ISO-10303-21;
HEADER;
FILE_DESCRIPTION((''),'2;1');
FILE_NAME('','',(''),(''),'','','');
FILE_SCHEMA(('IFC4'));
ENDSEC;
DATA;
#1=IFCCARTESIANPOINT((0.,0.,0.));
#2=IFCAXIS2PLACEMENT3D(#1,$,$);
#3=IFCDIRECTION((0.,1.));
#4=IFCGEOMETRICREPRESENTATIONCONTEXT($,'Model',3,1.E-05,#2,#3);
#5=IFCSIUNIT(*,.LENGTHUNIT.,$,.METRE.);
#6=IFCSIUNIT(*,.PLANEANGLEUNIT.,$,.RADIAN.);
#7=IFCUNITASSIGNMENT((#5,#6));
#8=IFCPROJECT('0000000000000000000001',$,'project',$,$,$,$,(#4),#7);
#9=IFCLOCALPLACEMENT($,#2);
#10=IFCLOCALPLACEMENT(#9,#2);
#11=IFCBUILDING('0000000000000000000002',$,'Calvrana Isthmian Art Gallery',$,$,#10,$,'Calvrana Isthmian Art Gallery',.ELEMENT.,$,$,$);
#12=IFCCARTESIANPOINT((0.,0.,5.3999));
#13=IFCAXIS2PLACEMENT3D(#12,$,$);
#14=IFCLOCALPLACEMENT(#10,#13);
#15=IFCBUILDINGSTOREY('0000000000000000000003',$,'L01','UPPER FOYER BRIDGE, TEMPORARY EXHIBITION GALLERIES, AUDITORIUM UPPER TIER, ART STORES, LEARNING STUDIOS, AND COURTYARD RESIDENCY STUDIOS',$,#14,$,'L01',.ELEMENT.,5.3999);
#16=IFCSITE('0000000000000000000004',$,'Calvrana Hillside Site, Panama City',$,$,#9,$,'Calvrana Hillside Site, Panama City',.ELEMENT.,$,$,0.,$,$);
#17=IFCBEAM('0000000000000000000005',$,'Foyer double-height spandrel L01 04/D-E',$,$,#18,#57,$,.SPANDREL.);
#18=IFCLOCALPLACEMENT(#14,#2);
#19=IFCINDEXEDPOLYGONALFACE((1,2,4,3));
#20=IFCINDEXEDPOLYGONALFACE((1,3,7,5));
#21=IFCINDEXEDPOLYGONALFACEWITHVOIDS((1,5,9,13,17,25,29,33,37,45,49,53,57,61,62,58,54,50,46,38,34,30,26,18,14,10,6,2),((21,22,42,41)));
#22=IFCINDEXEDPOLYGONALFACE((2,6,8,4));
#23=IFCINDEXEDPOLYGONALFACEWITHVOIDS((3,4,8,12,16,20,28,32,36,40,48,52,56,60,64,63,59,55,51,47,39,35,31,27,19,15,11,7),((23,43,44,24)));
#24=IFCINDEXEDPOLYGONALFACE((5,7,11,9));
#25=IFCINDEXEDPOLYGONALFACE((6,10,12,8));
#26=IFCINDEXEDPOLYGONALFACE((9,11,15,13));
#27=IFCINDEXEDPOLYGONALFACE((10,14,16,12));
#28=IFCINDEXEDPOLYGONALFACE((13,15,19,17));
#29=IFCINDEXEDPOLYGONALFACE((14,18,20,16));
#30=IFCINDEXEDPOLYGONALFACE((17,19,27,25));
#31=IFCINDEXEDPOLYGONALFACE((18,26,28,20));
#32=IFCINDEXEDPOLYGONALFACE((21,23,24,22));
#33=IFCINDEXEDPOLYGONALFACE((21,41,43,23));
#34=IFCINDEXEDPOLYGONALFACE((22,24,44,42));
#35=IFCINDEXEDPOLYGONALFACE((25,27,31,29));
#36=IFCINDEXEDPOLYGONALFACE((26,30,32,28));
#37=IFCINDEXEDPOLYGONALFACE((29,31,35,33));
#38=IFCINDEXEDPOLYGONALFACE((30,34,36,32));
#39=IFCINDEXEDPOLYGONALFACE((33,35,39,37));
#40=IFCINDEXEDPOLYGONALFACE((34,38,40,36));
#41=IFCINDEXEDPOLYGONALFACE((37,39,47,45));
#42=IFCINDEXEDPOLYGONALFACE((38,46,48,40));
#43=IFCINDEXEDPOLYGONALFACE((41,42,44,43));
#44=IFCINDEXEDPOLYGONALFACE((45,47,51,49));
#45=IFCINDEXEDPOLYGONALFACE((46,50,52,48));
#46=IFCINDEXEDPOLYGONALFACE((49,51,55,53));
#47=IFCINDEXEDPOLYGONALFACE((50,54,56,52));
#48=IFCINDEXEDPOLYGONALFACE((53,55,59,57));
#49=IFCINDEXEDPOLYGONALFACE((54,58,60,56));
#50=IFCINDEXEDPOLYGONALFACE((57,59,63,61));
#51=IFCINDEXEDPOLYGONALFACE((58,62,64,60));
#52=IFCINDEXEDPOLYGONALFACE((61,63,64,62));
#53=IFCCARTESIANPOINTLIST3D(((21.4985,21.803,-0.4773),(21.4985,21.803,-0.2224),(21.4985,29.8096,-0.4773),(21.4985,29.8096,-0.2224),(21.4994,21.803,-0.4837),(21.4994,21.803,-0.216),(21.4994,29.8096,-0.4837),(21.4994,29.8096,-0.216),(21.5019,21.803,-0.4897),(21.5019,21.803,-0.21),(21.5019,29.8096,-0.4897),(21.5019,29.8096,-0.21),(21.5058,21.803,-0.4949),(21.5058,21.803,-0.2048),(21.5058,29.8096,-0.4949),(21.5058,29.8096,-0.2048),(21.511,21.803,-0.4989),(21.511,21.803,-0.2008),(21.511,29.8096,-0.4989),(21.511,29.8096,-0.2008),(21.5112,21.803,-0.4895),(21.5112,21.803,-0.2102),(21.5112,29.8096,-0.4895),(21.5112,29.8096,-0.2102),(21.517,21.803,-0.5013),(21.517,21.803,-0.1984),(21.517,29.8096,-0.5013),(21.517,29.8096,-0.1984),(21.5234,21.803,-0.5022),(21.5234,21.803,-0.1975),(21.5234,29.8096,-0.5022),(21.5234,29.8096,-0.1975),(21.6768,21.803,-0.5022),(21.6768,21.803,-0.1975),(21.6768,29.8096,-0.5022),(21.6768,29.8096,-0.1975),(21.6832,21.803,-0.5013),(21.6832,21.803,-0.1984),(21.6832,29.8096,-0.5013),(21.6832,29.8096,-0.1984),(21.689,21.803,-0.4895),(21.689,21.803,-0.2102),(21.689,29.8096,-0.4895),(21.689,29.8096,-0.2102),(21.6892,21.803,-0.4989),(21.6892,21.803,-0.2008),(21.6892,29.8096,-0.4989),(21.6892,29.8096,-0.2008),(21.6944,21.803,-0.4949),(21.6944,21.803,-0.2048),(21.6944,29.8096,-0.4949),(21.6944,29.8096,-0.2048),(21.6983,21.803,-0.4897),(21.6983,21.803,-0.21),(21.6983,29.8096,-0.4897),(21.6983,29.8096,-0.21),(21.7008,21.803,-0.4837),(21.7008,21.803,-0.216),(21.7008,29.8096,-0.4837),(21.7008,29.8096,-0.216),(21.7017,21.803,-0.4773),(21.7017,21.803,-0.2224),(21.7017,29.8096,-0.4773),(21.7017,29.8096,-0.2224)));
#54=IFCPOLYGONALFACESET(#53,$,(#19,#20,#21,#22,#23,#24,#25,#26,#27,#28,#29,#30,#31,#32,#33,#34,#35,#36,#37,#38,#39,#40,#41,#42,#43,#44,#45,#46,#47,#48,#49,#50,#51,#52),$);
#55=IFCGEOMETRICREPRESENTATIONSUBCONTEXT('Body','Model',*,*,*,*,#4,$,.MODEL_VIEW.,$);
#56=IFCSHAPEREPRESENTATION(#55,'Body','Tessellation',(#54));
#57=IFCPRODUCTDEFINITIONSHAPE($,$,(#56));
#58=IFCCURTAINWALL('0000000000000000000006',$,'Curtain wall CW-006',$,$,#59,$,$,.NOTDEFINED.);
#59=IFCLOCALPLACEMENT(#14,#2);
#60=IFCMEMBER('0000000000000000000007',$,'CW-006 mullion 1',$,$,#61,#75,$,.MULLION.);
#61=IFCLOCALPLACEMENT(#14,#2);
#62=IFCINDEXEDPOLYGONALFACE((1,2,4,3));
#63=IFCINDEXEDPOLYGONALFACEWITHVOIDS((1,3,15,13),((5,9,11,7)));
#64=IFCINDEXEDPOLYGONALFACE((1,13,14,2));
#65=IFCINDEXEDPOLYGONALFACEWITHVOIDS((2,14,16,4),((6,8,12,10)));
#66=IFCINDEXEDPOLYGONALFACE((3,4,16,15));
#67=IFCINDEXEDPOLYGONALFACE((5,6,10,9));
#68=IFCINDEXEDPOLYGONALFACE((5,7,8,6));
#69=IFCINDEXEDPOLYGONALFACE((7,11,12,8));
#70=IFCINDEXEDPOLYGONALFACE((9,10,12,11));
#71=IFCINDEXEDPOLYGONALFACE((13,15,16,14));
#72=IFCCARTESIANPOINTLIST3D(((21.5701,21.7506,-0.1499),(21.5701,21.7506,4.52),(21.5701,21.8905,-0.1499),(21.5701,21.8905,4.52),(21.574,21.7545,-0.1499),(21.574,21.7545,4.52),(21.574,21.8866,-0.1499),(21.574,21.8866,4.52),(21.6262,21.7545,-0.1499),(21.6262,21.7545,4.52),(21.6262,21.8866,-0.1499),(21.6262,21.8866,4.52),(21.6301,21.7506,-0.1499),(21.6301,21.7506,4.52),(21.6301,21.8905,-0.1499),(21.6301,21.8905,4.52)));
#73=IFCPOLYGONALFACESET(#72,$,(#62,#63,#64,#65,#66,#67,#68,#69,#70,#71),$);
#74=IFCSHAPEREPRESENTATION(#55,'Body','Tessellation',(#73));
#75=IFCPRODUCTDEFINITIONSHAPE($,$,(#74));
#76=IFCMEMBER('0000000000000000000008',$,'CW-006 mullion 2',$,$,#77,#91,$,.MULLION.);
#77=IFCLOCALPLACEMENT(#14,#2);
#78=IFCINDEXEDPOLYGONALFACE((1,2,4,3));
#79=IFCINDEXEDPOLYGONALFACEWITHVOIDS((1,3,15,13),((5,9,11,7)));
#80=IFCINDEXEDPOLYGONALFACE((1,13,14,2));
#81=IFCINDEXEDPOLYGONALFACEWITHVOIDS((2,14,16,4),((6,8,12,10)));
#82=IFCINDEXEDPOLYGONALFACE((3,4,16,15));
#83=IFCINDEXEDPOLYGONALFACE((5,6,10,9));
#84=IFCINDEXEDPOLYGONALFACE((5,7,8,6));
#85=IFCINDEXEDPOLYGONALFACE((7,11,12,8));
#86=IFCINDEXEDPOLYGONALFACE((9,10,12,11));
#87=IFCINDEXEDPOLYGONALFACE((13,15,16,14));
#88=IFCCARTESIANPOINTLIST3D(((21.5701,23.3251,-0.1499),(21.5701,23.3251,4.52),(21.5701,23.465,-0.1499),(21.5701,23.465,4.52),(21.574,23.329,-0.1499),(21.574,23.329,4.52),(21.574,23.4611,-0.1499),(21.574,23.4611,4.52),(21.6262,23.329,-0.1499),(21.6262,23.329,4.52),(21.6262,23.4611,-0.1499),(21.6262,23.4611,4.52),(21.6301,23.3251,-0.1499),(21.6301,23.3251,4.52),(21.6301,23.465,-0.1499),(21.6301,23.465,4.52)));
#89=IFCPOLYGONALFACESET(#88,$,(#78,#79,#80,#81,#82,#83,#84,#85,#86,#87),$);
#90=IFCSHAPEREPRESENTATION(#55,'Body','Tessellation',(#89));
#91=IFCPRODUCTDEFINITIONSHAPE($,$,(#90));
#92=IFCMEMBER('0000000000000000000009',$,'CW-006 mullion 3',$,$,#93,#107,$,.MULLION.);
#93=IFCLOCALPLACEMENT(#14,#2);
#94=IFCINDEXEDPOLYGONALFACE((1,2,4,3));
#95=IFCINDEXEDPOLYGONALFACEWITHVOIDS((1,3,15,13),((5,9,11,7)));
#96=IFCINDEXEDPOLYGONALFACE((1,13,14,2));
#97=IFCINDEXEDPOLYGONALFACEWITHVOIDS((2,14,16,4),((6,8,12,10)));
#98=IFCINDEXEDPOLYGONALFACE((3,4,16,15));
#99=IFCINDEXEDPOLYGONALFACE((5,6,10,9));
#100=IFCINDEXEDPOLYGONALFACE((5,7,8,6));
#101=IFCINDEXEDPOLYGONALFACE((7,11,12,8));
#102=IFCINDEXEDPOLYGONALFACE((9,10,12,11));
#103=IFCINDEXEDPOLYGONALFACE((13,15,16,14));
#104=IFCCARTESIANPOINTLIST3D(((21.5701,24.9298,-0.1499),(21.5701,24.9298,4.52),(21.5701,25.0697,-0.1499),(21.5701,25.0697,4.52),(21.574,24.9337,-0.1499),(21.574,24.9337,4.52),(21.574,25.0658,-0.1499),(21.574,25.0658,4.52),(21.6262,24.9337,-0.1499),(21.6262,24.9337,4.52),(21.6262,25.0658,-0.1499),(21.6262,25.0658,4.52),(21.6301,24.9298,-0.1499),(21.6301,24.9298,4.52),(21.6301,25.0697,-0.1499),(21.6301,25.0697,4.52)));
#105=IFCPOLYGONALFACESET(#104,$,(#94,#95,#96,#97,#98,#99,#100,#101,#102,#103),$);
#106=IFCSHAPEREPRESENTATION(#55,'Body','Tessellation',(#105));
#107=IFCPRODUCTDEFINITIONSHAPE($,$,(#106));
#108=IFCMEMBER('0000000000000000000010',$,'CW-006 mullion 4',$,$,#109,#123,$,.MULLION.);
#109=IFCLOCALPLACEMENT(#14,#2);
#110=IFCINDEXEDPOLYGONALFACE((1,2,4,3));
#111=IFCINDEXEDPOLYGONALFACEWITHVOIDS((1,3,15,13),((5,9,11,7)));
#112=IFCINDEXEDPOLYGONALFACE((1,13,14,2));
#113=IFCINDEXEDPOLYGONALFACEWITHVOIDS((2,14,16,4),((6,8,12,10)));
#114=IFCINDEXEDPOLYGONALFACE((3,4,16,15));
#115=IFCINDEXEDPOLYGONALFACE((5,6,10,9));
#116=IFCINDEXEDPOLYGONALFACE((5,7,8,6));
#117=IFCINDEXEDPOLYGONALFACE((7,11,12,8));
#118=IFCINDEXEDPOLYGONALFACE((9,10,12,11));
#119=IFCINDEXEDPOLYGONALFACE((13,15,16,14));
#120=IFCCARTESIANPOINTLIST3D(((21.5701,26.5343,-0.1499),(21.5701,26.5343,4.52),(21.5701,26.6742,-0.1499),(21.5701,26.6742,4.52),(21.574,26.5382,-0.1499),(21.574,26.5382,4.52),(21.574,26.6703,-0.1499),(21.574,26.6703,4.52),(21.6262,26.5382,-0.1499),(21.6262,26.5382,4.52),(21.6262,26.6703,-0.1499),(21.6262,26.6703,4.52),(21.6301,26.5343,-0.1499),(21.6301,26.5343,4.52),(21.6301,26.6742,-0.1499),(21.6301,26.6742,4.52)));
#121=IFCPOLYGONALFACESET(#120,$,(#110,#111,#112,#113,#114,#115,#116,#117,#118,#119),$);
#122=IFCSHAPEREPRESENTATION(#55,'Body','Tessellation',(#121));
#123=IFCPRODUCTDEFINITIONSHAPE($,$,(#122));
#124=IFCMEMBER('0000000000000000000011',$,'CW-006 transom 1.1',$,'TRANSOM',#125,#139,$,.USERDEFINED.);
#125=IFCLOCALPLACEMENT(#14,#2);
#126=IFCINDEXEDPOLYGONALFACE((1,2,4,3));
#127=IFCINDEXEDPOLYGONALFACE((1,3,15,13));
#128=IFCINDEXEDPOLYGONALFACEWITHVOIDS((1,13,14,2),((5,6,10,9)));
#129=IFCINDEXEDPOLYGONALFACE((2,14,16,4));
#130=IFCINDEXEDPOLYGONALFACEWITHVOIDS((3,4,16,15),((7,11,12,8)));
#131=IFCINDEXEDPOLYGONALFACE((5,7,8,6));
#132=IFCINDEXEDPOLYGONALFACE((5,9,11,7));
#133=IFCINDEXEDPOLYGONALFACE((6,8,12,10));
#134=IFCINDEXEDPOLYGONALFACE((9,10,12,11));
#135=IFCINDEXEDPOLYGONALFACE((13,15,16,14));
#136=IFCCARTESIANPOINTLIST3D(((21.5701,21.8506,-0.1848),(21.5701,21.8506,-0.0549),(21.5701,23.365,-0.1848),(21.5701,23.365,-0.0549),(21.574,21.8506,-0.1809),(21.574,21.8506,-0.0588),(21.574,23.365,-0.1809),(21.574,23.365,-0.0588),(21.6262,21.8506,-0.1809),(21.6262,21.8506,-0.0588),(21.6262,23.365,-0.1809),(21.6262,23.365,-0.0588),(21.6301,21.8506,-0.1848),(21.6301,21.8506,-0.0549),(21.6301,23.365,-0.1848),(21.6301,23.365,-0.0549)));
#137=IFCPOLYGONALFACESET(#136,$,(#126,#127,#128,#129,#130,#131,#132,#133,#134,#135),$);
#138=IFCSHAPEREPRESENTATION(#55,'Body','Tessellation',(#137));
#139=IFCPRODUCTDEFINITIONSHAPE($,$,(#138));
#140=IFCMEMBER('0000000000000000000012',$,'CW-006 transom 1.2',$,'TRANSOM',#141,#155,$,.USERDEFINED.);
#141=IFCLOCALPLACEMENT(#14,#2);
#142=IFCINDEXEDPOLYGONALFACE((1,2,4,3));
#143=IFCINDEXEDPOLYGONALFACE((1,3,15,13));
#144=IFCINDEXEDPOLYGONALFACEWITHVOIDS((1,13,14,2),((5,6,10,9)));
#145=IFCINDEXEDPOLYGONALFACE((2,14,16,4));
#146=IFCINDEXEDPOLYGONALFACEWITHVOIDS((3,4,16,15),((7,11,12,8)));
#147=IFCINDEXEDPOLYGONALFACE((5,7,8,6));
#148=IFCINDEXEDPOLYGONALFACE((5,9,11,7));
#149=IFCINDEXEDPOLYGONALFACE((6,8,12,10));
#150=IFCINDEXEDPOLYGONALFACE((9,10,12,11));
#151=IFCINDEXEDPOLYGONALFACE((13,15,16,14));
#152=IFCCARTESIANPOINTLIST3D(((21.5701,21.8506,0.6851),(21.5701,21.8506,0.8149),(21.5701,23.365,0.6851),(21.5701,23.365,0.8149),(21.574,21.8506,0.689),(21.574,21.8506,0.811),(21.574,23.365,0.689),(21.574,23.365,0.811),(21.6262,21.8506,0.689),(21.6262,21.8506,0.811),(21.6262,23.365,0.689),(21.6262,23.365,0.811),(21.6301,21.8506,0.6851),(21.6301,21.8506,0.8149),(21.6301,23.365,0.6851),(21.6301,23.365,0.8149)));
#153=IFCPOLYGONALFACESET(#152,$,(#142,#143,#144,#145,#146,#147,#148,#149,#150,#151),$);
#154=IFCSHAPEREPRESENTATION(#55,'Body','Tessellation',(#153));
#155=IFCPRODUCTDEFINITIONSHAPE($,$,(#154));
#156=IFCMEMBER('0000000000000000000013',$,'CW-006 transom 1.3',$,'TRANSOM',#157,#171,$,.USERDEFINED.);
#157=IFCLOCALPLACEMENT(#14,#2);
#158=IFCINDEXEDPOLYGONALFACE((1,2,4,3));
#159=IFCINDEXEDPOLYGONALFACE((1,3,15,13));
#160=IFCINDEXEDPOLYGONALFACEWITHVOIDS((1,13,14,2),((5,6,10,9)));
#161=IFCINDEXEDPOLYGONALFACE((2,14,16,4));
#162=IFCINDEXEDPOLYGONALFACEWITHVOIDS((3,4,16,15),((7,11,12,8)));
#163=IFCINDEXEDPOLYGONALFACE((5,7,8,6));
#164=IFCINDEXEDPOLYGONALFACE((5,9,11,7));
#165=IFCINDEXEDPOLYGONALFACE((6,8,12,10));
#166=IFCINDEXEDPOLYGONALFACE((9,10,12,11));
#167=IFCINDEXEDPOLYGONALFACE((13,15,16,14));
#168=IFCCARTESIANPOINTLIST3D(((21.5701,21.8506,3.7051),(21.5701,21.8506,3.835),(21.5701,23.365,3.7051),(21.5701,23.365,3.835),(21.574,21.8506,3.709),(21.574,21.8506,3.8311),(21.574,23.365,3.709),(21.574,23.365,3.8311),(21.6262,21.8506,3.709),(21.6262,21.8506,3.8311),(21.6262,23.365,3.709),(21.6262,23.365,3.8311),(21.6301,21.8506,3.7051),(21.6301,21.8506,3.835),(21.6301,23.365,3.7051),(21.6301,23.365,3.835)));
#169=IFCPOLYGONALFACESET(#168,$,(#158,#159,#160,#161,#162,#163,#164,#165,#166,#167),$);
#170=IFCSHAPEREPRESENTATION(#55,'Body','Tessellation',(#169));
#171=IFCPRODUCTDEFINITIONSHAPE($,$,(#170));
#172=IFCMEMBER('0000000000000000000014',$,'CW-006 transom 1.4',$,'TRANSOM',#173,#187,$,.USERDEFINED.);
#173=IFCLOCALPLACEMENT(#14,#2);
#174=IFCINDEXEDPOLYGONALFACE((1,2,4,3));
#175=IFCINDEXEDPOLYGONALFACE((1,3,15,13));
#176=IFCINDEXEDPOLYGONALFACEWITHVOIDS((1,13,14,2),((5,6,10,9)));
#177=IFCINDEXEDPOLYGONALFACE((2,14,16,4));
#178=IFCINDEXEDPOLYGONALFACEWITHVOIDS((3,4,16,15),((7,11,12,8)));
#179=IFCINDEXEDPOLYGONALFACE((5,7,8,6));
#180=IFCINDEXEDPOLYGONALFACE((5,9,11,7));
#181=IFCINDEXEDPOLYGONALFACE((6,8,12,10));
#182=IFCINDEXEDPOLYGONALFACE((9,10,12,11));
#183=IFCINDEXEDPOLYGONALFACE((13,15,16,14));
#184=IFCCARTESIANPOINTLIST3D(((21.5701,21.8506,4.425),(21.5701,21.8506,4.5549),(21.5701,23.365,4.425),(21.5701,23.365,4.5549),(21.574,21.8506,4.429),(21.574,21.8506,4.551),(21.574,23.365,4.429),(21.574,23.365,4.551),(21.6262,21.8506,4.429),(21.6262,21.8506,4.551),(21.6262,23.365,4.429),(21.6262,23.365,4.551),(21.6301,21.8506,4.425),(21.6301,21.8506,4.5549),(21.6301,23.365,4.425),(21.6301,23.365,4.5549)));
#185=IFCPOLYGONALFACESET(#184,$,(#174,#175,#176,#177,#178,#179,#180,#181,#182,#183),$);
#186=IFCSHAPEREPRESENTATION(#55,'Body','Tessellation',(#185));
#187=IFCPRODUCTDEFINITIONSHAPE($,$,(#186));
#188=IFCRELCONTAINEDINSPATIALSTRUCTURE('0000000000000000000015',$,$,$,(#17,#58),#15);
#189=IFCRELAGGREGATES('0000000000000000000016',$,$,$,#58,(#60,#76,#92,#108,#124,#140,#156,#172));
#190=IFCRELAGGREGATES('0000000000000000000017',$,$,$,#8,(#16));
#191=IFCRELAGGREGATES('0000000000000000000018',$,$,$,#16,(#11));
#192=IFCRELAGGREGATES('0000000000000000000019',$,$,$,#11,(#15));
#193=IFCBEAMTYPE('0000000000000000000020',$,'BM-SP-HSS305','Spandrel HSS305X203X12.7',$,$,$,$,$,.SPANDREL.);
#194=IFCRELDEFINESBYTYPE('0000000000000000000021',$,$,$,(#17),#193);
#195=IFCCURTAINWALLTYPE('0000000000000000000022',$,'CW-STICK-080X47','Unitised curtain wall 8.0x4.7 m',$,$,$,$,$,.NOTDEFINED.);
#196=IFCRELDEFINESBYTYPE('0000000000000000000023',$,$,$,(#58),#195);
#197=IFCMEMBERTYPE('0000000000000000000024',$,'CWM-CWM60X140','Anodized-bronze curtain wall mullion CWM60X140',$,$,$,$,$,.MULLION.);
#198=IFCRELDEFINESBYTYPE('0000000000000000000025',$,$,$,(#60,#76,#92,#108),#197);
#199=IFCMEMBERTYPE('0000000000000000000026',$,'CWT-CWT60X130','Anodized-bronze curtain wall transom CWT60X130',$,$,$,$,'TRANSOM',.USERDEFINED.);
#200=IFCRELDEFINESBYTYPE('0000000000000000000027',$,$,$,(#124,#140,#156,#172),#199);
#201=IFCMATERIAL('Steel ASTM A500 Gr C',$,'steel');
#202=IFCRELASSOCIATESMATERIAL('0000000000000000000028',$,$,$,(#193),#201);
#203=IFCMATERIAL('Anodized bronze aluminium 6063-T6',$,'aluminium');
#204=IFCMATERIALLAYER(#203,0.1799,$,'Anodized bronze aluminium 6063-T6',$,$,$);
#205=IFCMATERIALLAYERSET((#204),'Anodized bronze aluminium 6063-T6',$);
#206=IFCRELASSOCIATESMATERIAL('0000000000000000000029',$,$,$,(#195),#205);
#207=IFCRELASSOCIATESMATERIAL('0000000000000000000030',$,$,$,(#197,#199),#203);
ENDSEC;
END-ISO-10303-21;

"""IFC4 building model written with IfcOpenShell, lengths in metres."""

from ifc_helpers import new_model, si_unit, direction, frame, origin, origin_2d, place, context, subcontext, project, spatial, hollow_rectangle, extrude, material, layer, layer_set, material_profile, profile_set, type_object, element, aggregate, save


model = new_model("IFC4")

# Units and contexts
model_context = context("Model", 3, precision=1e-05, world=origin(), true_north=direction((0.0, 1.0)))
body_context = subcontext(model_context, "Body", "Model", "MODEL_VIEW")
ifc_project = project(units=[si_unit("LENGTHUNIT", "METRE"), si_unit("PLANEANGLEUNIT", "RADIAN")], contexts=[model_context])

# Site, building, storey
site_placement = place(None, origin())
site = spatial("IfcSite", under=ifc_project, at=site_placement, Name="Calvrana Hillside Site, Panama City", LongName="Calvrana Hillside Site, Panama City", CompositionType="ELEMENT", RefElevation=0.0)
building_placement = place(site_placement, origin())
building = spatial("IfcBuilding", under=site, at=building_placement, Name="Calvrana Isthmian Art Gallery", LongName="Calvrana Isthmian Art Gallery", CompositionType="ELEMENT")
storey_placement = place(building_placement, frame((0.0, 0.0, 5.3999)))
storey = spatial("IfcBuildingStorey", under=building, at=storey_placement, Name="L01", Description="UPPER FOYER BRIDGE, TEMPORARY EXHIBITION GALLERIES, AUDITORIUM UPPER TIER, ART STORES, LEARNING STUDIOS, AND COURTYARD RESIDENCY STUDIOS", LongName="L01", CompositionType="ELEMENT", Elevation=5.3999)

# Beam
ifc_material_1 = material(Name="Steel ASTM A500 Gr C", Category="steel")
ifc_material_profile_1 = material_profile(ifc_material_1, hollow_rectangle(XDim=0.2031, YDim=0.3047, WallThickness=0.0127, OuterFilletRadius=0.0249, at=origin_2d()), Name="HSS305X203X12.7")
ifc_profile_set_1 = profile_set([ifc_material_profile_1], Name="Steel ASTM A500 Gr C")
beam_type = type_object("IfcBeamType", Name="BM-SP-HSS305", Description="Spandrel HSS305X203X12.7", PredefinedType="SPANDREL", material=ifc_profile_set_1)
beam_placement = place(storey_placement, frame((21.6001, 21.803, -0.3499), z_axis=(0.0, 1.0, 0.0), x_axis=(-1.0, 0.0, 0.0)))
element("IfcBeam", 1, at=beam_placement, inside=storey, type_object=beam_type, Name="Foyer double-height spandrel L01 04/D-E", PredefinedType="SPANDREL", context=body_context, shape_type="SweptSolid", body=[
    extrude(hollow_rectangle(XDim=0.2031, YDim=0.3047, WallThickness=0.0127, OuterFilletRadius=0.0249, at=origin_2d()), origin(), (0.0, 0.0, 1.0), 8.0066),
])

# Curtain wall, members
ifc_material_2 = material(Name="Anodized bronze aluminium 6063-T6", Category="aluminium")
ifc_layer_1 = layer(ifc_material_2, 0.1799, Name="Anodized bronze aluminium 6063-T6")
ifc_layer_set_1 = layer_set([ifc_layer_1], Name="Anodized bronze aluminium 6063-T6")
curtain_wall_type = type_object("IfcCurtainWallType", Name="CW-STICK-080X47", Description="Unitised curtain wall 8.0x4.7 m", PredefinedType="NOTDEFINED", material=ifc_layer_set_1)
curtain_wall_placement = place(storey_placement, origin())
curtain_wall = element("IfcCurtainWall", 2, at=curtain_wall_placement, inside=storey, type_object=curtain_wall_type, Name="Curtain wall CW-006", PredefinedType="NOTDEFINED")
ifc_material_profile_2 = material_profile(ifc_material_2, hollow_rectangle(XDim=0.0601, YDim=0.1399, WallThickness=0.0039, at=origin_2d()), Name="CWM60X140")
ifc_profile_set_2 = profile_set([ifc_material_profile_2], Name="Anodized bronze aluminium 6063-T6")
member_type_1 = type_object("IfcMemberType", Name="CWM-CWM60X140", Description="Anodized-bronze curtain wall mullion CWM60X140", PredefinedType="MULLION", material=ifc_profile_set_2)
member_1_placement = place(storey_placement, frame((21.6001, 21.8206, -0.1499), z_axis=(0.0, 0.0, 1.0), x_axis=(-1.0, 0.0, 0.0)))
member_1 = element("IfcMember", 3, at=member_1_placement, type_object=member_type_1, Name="CW-006 mullion 1", PredefinedType="MULLION", context=body_context, shape_type="SweptSolid", body=[
    extrude(hollow_rectangle(XDim=0.0601, YDim=0.1399, WallThickness=0.0039, at=origin_2d()), origin(), (0.0, 0.0, 1.0), 4.6699),
])
member_2_placement = place(storey_placement, frame((21.6001, 23.395, -0.1499), z_axis=(0.0, 0.0, 1.0), x_axis=(-1.0, 0.0, 0.0)))
member_2 = element("IfcMember", 4, at=member_2_placement, type_object=member_type_1, Name="CW-006 mullion 2", PredefinedType="MULLION", context=body_context, shape_type="SweptSolid", body=[
    extrude(hollow_rectangle(XDim=0.0601, YDim=0.1399, WallThickness=0.0039, at=origin_2d()), origin(), (0.0, 0.0, 1.0), 4.6699),
])
member_3_placement = place(storey_placement, frame((21.6001, 24.9998, -0.1499), z_axis=(0.0, 0.0, 1.0), x_axis=(-1.0, 0.0, 0.0)))
member_3 = element("IfcMember", 5, at=member_3_placement, type_object=member_type_1, Name="CW-006 mullion 3", PredefinedType="MULLION", context=body_context, shape_type="SweptSolid", body=[
    extrude(hollow_rectangle(XDim=0.0601, YDim=0.1399, WallThickness=0.0039, at=origin_2d()), origin(), (0.0, 0.0, 1.0), 4.6699),
])
member_4_placement = place(storey_placement, frame((21.6001, 26.6042, -0.1499), z_axis=(0.0, 0.0, 1.0), x_axis=(-1.0, 0.0, 0.0)))
member_4 = element("IfcMember", 6, at=member_4_placement, type_object=member_type_1, Name="CW-006 mullion 4", PredefinedType="MULLION", context=body_context, shape_type="SweptSolid", body=[
    extrude(hollow_rectangle(XDim=0.0601, YDim=0.1399, WallThickness=0.0039, at=origin_2d()), origin(), (0.0, 0.0, 1.0), 4.6699),
])
ifc_material_profile_3 = material_profile(ifc_material_2, hollow_rectangle(XDim=0.0601, YDim=0.1299, WallThickness=0.0039, at=origin_2d()), Name="CWT60X130")
ifc_profile_set_3 = profile_set([ifc_material_profile_3], Name="Anodized bronze aluminium 6063-T6")
member_type_2 = type_object("IfcMemberType", Name="CWT-CWT60X130", Description="Anodized-bronze curtain wall transom CWT60X130", ElementType="TRANSOM", PredefinedType="USERDEFINED", material=ifc_profile_set_3)
member_5_placement = place(storey_placement, frame((21.6001, 21.8506, -0.1199), z_axis=(0.0, 1.0, 0.0), x_axis=(-1.0, 0.0, 0.0)))
member_5 = element("IfcMember", 7, at=member_5_placement, type_object=member_type_2, Name="CW-006 transom 1.1", ObjectType="TRANSOM", PredefinedType="USERDEFINED", context=body_context, shape_type="SweptSolid", body=[
    extrude(hollow_rectangle(XDim=0.0601, YDim=0.1299, WallThickness=0.0039, at=origin_2d()), origin(), (0.0, 0.0, 1.0), 1.5144),
])
member_6_placement = place(storey_placement, frame((21.6001, 21.8506, 0.75), z_axis=(0.0, 1.0, 0.0), x_axis=(-1.0, 0.0, 0.0)))
member_6 = element("IfcMember", 8, at=member_6_placement, type_object=member_type_2, Name="CW-006 transom 1.2", ObjectType="TRANSOM", PredefinedType="USERDEFINED", context=body_context, shape_type="SweptSolid", body=[
    extrude(hollow_rectangle(XDim=0.0601, YDim=0.1299, WallThickness=0.0039, at=origin_2d()), origin(), (0.0, 0.0, 1.0), 1.5144),
])
member_7_placement = place(storey_placement, frame((21.6001, 21.8506, 3.77), z_axis=(0.0, 1.0, 0.0), x_axis=(-1.0, 0.0, 0.0)))
member_7 = element("IfcMember", 9, at=member_7_placement, type_object=member_type_2, Name="CW-006 transom 1.3", ObjectType="TRANSOM", PredefinedType="USERDEFINED", context=body_context, shape_type="SweptSolid", body=[
    extrude(hollow_rectangle(XDim=0.0601, YDim=0.1299, WallThickness=0.0039, at=origin_2d()), origin(), (0.0, 0.0, 1.0), 1.5144),
])
member_8_placement = place(storey_placement, frame((21.6001, 21.8506, 4.49), z_axis=(0.0, 1.0, 0.0), x_axis=(-1.0, 0.0, 0.0)))
member_8 = element("IfcMember", 10, at=member_8_placement, type_object=member_type_2, Name="CW-006 transom 1.4", ObjectType="TRANSOM", PredefinedType="USERDEFINED", context=body_context, shape_type="SweptSolid", body=[
    extrude(hollow_rectangle(XDim=0.0601, YDim=0.1299, WallThickness=0.0039, at=origin_2d()), origin(), (0.0, 0.0, 1.0), 1.5144),
])
aggregate(curtain_wall, [member_1, member_2, member_3, member_4, member_5, member_6, member_7, member_8])

save(model, "model.ifc")
